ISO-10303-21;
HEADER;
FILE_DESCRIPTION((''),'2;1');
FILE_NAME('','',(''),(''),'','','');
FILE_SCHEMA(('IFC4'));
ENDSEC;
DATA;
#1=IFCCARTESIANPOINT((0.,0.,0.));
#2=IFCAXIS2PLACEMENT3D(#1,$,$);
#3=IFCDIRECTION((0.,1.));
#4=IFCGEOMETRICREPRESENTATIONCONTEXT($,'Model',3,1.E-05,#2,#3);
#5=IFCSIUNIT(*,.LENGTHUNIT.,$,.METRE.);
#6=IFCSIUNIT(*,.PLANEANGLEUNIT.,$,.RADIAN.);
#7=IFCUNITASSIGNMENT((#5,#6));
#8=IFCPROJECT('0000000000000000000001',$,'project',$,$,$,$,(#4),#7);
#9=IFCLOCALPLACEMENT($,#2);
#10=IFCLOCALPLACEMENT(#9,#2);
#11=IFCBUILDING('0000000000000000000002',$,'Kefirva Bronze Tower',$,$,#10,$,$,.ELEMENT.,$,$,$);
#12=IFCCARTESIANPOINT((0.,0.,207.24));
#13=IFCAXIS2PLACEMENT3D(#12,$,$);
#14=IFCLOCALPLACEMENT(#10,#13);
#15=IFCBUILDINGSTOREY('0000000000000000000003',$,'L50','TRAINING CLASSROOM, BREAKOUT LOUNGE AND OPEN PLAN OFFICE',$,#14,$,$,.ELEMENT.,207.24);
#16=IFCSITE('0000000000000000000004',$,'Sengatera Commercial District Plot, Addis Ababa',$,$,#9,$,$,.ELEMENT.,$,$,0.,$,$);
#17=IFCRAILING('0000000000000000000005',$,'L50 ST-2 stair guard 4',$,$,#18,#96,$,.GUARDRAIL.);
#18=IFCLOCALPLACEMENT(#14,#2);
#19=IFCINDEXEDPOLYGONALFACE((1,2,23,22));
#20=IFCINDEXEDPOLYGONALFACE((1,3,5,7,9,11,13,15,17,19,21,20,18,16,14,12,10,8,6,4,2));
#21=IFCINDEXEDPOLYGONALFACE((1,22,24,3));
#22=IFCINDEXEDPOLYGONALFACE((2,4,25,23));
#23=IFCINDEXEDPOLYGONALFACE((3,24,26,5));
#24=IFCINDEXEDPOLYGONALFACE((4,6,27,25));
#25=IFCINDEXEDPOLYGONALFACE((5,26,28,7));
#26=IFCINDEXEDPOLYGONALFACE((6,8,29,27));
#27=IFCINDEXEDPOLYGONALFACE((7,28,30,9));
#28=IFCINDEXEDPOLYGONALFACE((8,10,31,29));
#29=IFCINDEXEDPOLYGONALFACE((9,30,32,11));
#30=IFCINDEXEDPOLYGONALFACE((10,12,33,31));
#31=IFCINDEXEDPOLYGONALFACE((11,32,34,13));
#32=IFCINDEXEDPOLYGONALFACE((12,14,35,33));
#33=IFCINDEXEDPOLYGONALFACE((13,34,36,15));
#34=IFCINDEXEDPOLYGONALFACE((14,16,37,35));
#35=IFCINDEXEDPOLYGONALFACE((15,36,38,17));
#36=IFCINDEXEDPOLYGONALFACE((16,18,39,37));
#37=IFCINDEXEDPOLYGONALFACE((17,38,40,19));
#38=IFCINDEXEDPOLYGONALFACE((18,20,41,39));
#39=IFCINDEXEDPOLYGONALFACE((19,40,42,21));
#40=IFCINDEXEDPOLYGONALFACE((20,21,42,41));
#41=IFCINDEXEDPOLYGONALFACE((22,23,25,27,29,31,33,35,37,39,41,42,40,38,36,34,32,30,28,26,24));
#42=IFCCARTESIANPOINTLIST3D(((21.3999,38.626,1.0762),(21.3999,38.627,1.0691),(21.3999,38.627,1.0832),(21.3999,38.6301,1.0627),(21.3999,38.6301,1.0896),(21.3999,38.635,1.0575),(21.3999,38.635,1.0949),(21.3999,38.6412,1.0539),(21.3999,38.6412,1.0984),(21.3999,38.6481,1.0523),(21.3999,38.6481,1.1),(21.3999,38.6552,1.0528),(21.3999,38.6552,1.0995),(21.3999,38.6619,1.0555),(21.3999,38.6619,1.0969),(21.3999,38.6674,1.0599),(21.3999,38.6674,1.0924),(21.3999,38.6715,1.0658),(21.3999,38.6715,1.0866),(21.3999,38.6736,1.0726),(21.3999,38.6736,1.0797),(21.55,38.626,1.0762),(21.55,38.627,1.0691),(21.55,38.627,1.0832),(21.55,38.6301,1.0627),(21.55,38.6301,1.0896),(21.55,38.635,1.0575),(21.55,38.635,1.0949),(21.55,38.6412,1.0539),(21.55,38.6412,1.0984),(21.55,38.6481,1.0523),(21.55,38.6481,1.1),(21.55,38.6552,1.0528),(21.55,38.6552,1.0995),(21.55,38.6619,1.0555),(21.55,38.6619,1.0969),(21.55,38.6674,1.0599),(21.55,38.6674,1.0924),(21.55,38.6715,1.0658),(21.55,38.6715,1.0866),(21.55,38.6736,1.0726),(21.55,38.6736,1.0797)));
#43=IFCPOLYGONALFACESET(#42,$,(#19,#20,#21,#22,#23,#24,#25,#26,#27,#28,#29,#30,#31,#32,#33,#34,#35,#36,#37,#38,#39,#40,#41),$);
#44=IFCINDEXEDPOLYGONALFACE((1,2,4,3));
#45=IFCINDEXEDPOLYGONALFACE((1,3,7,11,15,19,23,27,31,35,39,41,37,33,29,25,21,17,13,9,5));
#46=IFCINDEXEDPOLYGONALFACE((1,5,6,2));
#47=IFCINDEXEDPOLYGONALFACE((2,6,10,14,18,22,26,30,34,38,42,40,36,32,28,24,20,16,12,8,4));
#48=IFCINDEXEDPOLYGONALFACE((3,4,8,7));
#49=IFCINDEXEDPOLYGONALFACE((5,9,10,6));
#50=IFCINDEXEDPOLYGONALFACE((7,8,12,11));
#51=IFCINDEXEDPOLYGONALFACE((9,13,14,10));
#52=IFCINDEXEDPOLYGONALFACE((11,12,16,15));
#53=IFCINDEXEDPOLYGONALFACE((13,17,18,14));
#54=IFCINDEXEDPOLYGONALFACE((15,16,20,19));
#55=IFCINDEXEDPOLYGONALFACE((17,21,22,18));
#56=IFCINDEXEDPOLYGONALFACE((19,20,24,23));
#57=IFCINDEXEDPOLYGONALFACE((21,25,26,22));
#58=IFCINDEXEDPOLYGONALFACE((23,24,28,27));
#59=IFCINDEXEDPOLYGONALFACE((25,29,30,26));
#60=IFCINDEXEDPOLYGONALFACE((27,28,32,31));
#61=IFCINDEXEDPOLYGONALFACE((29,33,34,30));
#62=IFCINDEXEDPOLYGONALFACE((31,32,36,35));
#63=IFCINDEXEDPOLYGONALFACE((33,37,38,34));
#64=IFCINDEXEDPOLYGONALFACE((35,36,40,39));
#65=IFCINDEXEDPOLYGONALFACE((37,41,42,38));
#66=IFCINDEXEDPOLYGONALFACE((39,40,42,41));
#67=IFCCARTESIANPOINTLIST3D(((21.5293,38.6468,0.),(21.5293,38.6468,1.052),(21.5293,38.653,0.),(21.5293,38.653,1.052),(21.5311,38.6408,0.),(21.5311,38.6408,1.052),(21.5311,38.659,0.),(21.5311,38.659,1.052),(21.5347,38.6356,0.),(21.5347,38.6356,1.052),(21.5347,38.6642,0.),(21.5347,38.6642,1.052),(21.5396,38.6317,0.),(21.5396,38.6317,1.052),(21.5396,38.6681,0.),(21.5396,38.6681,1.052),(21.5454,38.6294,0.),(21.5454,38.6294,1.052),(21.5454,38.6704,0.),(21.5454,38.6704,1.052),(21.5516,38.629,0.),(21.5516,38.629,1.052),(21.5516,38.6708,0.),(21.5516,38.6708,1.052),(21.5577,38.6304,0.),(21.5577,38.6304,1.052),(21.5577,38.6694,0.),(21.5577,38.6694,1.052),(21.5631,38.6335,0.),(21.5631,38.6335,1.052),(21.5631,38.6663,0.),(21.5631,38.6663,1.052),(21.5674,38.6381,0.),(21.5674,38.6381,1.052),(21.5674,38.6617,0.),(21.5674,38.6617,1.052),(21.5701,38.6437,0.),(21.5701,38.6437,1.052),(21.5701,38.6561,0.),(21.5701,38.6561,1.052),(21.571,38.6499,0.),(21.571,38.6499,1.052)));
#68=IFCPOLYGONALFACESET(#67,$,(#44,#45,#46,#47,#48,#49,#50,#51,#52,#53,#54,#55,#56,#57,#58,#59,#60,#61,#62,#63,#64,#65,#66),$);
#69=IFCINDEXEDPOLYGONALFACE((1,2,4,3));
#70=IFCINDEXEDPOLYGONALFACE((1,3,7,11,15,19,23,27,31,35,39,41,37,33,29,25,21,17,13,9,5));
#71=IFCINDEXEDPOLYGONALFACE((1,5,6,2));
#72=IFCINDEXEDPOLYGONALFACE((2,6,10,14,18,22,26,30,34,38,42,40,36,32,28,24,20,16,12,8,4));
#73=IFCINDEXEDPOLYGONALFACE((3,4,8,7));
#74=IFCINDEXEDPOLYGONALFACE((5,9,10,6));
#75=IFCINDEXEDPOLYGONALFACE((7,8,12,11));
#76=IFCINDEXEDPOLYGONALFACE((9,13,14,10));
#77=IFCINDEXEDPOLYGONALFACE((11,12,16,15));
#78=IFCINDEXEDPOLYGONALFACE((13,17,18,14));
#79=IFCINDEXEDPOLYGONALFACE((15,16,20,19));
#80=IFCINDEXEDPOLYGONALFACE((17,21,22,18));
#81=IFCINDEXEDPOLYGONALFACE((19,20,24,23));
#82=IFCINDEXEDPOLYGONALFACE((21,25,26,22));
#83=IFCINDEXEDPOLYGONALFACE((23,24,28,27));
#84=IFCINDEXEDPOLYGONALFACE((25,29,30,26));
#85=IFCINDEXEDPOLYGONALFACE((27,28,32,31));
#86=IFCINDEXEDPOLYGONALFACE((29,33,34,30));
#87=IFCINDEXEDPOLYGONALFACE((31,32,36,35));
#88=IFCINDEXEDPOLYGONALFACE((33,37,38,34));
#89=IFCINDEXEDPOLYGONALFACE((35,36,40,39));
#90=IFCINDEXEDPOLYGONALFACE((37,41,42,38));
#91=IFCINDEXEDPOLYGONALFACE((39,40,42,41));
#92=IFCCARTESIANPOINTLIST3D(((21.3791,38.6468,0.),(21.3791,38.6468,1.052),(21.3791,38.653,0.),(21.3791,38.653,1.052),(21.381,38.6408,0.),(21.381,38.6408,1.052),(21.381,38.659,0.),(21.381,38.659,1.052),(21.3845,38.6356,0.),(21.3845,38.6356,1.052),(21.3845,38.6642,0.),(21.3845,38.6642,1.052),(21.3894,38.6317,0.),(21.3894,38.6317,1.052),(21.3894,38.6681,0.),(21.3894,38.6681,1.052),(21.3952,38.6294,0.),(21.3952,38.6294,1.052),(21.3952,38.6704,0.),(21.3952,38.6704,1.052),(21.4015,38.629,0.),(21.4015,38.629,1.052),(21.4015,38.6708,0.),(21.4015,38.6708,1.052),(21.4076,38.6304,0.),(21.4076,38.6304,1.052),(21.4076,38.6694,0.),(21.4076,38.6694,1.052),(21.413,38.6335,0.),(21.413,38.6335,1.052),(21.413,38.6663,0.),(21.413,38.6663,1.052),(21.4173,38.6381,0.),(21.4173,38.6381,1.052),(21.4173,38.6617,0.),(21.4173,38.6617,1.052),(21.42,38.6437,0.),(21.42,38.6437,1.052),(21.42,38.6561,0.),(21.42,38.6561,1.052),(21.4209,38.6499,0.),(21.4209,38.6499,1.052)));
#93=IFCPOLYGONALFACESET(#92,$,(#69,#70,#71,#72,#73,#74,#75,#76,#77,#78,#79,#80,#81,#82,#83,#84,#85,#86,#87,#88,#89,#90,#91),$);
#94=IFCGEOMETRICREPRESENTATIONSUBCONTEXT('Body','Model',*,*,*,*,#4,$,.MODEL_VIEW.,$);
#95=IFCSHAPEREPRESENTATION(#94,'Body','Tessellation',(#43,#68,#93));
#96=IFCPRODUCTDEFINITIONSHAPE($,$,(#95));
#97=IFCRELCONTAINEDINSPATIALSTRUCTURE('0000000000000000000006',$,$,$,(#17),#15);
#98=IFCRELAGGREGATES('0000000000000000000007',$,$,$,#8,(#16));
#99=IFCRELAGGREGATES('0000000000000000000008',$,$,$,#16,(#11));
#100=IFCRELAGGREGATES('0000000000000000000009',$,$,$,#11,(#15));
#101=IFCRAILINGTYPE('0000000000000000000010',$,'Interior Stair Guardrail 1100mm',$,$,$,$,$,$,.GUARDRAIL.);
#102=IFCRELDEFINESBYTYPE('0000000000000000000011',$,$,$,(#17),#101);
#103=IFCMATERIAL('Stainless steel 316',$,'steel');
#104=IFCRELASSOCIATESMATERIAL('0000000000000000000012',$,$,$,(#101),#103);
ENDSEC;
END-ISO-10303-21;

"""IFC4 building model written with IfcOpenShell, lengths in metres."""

from ifc_helpers import new_model, si_unit, direction, frame, origin, origin_2d, place, context, subcontext, project, spatial, circle, extrude, material, type_object, element, save


model = new_model("IFC4")

# Units and contexts
model_context = context("Model", 3, precision=1e-05, world=origin(), true_north=direction((0.0, 1.0)))
body_context = subcontext(model_context, "Body", "Model", "MODEL_VIEW")
ifc_project = project(units=[si_unit("LENGTHUNIT", "METRE"), si_unit("PLANEANGLEUNIT", "RADIAN")], contexts=[model_context])

# Site, building, storey
site_placement = place(None, origin())
site = spatial("IfcSite", under=ifc_project, at=site_placement, Name="Sengatera Commercial District Plot, Addis Ababa", CompositionType="ELEMENT", RefElevation=0.0)
building_placement = place(site_placement, origin())
building = spatial("IfcBuilding", under=site, at=building_placement, Name="Kefirva Bronze Tower", CompositionType="ELEMENT")
storey_placement = place(building_placement, frame((0.0, 0.0, 207.24)))
storey = spatial("IfcBuildingStorey", under=building, at=storey_placement, Name="L50", Description="TRAINING CLASSROOM, BREAKOUT LOUNGE AND OPEN PLAN OFFICE", CompositionType="ELEMENT", Elevation=207.24)

# Railing
ifc_material_1 = material(Name="Stainless steel 316", Category="steel")
railing_type_1 = type_object("IfcRailingType", Name="Interior Stair Guardrail 1100mm", PredefinedType="GUARDRAIL", material=ifc_material_1)
railing_1_placement = place(storey_placement, frame((21.55, 38.6499, 0.0)))
element("IfcRailing", 1, at=railing_1_placement, inside=storey, type_object=railing_type_1, Name="L50 ST-2 stair guard 4", PredefinedType="GUARDRAIL", context=body_context, shape_type="SweptSolid", body=[
    extrude(circle(Radius=0.0239, at=origin_2d()), frame((0.0, 0.0, 1.0762), z_axis=(-1.0, 0.0, 0.0), x_axis=(0.0, -1.0, 0.0)), (0.0, 0.0, 1.0), 0.1501),
    extrude(circle(Radius=0.021, at=origin_2d()), origin(), (0.0, 0.0, 1.0), 1.052),
    extrude(circle(Radius=0.021, at=origin_2d()), frame((-0.1501, 0.0, 0.0)), (0.0, 0.0, 1.0), 1.052),
])

save(model, "model.ifc")
